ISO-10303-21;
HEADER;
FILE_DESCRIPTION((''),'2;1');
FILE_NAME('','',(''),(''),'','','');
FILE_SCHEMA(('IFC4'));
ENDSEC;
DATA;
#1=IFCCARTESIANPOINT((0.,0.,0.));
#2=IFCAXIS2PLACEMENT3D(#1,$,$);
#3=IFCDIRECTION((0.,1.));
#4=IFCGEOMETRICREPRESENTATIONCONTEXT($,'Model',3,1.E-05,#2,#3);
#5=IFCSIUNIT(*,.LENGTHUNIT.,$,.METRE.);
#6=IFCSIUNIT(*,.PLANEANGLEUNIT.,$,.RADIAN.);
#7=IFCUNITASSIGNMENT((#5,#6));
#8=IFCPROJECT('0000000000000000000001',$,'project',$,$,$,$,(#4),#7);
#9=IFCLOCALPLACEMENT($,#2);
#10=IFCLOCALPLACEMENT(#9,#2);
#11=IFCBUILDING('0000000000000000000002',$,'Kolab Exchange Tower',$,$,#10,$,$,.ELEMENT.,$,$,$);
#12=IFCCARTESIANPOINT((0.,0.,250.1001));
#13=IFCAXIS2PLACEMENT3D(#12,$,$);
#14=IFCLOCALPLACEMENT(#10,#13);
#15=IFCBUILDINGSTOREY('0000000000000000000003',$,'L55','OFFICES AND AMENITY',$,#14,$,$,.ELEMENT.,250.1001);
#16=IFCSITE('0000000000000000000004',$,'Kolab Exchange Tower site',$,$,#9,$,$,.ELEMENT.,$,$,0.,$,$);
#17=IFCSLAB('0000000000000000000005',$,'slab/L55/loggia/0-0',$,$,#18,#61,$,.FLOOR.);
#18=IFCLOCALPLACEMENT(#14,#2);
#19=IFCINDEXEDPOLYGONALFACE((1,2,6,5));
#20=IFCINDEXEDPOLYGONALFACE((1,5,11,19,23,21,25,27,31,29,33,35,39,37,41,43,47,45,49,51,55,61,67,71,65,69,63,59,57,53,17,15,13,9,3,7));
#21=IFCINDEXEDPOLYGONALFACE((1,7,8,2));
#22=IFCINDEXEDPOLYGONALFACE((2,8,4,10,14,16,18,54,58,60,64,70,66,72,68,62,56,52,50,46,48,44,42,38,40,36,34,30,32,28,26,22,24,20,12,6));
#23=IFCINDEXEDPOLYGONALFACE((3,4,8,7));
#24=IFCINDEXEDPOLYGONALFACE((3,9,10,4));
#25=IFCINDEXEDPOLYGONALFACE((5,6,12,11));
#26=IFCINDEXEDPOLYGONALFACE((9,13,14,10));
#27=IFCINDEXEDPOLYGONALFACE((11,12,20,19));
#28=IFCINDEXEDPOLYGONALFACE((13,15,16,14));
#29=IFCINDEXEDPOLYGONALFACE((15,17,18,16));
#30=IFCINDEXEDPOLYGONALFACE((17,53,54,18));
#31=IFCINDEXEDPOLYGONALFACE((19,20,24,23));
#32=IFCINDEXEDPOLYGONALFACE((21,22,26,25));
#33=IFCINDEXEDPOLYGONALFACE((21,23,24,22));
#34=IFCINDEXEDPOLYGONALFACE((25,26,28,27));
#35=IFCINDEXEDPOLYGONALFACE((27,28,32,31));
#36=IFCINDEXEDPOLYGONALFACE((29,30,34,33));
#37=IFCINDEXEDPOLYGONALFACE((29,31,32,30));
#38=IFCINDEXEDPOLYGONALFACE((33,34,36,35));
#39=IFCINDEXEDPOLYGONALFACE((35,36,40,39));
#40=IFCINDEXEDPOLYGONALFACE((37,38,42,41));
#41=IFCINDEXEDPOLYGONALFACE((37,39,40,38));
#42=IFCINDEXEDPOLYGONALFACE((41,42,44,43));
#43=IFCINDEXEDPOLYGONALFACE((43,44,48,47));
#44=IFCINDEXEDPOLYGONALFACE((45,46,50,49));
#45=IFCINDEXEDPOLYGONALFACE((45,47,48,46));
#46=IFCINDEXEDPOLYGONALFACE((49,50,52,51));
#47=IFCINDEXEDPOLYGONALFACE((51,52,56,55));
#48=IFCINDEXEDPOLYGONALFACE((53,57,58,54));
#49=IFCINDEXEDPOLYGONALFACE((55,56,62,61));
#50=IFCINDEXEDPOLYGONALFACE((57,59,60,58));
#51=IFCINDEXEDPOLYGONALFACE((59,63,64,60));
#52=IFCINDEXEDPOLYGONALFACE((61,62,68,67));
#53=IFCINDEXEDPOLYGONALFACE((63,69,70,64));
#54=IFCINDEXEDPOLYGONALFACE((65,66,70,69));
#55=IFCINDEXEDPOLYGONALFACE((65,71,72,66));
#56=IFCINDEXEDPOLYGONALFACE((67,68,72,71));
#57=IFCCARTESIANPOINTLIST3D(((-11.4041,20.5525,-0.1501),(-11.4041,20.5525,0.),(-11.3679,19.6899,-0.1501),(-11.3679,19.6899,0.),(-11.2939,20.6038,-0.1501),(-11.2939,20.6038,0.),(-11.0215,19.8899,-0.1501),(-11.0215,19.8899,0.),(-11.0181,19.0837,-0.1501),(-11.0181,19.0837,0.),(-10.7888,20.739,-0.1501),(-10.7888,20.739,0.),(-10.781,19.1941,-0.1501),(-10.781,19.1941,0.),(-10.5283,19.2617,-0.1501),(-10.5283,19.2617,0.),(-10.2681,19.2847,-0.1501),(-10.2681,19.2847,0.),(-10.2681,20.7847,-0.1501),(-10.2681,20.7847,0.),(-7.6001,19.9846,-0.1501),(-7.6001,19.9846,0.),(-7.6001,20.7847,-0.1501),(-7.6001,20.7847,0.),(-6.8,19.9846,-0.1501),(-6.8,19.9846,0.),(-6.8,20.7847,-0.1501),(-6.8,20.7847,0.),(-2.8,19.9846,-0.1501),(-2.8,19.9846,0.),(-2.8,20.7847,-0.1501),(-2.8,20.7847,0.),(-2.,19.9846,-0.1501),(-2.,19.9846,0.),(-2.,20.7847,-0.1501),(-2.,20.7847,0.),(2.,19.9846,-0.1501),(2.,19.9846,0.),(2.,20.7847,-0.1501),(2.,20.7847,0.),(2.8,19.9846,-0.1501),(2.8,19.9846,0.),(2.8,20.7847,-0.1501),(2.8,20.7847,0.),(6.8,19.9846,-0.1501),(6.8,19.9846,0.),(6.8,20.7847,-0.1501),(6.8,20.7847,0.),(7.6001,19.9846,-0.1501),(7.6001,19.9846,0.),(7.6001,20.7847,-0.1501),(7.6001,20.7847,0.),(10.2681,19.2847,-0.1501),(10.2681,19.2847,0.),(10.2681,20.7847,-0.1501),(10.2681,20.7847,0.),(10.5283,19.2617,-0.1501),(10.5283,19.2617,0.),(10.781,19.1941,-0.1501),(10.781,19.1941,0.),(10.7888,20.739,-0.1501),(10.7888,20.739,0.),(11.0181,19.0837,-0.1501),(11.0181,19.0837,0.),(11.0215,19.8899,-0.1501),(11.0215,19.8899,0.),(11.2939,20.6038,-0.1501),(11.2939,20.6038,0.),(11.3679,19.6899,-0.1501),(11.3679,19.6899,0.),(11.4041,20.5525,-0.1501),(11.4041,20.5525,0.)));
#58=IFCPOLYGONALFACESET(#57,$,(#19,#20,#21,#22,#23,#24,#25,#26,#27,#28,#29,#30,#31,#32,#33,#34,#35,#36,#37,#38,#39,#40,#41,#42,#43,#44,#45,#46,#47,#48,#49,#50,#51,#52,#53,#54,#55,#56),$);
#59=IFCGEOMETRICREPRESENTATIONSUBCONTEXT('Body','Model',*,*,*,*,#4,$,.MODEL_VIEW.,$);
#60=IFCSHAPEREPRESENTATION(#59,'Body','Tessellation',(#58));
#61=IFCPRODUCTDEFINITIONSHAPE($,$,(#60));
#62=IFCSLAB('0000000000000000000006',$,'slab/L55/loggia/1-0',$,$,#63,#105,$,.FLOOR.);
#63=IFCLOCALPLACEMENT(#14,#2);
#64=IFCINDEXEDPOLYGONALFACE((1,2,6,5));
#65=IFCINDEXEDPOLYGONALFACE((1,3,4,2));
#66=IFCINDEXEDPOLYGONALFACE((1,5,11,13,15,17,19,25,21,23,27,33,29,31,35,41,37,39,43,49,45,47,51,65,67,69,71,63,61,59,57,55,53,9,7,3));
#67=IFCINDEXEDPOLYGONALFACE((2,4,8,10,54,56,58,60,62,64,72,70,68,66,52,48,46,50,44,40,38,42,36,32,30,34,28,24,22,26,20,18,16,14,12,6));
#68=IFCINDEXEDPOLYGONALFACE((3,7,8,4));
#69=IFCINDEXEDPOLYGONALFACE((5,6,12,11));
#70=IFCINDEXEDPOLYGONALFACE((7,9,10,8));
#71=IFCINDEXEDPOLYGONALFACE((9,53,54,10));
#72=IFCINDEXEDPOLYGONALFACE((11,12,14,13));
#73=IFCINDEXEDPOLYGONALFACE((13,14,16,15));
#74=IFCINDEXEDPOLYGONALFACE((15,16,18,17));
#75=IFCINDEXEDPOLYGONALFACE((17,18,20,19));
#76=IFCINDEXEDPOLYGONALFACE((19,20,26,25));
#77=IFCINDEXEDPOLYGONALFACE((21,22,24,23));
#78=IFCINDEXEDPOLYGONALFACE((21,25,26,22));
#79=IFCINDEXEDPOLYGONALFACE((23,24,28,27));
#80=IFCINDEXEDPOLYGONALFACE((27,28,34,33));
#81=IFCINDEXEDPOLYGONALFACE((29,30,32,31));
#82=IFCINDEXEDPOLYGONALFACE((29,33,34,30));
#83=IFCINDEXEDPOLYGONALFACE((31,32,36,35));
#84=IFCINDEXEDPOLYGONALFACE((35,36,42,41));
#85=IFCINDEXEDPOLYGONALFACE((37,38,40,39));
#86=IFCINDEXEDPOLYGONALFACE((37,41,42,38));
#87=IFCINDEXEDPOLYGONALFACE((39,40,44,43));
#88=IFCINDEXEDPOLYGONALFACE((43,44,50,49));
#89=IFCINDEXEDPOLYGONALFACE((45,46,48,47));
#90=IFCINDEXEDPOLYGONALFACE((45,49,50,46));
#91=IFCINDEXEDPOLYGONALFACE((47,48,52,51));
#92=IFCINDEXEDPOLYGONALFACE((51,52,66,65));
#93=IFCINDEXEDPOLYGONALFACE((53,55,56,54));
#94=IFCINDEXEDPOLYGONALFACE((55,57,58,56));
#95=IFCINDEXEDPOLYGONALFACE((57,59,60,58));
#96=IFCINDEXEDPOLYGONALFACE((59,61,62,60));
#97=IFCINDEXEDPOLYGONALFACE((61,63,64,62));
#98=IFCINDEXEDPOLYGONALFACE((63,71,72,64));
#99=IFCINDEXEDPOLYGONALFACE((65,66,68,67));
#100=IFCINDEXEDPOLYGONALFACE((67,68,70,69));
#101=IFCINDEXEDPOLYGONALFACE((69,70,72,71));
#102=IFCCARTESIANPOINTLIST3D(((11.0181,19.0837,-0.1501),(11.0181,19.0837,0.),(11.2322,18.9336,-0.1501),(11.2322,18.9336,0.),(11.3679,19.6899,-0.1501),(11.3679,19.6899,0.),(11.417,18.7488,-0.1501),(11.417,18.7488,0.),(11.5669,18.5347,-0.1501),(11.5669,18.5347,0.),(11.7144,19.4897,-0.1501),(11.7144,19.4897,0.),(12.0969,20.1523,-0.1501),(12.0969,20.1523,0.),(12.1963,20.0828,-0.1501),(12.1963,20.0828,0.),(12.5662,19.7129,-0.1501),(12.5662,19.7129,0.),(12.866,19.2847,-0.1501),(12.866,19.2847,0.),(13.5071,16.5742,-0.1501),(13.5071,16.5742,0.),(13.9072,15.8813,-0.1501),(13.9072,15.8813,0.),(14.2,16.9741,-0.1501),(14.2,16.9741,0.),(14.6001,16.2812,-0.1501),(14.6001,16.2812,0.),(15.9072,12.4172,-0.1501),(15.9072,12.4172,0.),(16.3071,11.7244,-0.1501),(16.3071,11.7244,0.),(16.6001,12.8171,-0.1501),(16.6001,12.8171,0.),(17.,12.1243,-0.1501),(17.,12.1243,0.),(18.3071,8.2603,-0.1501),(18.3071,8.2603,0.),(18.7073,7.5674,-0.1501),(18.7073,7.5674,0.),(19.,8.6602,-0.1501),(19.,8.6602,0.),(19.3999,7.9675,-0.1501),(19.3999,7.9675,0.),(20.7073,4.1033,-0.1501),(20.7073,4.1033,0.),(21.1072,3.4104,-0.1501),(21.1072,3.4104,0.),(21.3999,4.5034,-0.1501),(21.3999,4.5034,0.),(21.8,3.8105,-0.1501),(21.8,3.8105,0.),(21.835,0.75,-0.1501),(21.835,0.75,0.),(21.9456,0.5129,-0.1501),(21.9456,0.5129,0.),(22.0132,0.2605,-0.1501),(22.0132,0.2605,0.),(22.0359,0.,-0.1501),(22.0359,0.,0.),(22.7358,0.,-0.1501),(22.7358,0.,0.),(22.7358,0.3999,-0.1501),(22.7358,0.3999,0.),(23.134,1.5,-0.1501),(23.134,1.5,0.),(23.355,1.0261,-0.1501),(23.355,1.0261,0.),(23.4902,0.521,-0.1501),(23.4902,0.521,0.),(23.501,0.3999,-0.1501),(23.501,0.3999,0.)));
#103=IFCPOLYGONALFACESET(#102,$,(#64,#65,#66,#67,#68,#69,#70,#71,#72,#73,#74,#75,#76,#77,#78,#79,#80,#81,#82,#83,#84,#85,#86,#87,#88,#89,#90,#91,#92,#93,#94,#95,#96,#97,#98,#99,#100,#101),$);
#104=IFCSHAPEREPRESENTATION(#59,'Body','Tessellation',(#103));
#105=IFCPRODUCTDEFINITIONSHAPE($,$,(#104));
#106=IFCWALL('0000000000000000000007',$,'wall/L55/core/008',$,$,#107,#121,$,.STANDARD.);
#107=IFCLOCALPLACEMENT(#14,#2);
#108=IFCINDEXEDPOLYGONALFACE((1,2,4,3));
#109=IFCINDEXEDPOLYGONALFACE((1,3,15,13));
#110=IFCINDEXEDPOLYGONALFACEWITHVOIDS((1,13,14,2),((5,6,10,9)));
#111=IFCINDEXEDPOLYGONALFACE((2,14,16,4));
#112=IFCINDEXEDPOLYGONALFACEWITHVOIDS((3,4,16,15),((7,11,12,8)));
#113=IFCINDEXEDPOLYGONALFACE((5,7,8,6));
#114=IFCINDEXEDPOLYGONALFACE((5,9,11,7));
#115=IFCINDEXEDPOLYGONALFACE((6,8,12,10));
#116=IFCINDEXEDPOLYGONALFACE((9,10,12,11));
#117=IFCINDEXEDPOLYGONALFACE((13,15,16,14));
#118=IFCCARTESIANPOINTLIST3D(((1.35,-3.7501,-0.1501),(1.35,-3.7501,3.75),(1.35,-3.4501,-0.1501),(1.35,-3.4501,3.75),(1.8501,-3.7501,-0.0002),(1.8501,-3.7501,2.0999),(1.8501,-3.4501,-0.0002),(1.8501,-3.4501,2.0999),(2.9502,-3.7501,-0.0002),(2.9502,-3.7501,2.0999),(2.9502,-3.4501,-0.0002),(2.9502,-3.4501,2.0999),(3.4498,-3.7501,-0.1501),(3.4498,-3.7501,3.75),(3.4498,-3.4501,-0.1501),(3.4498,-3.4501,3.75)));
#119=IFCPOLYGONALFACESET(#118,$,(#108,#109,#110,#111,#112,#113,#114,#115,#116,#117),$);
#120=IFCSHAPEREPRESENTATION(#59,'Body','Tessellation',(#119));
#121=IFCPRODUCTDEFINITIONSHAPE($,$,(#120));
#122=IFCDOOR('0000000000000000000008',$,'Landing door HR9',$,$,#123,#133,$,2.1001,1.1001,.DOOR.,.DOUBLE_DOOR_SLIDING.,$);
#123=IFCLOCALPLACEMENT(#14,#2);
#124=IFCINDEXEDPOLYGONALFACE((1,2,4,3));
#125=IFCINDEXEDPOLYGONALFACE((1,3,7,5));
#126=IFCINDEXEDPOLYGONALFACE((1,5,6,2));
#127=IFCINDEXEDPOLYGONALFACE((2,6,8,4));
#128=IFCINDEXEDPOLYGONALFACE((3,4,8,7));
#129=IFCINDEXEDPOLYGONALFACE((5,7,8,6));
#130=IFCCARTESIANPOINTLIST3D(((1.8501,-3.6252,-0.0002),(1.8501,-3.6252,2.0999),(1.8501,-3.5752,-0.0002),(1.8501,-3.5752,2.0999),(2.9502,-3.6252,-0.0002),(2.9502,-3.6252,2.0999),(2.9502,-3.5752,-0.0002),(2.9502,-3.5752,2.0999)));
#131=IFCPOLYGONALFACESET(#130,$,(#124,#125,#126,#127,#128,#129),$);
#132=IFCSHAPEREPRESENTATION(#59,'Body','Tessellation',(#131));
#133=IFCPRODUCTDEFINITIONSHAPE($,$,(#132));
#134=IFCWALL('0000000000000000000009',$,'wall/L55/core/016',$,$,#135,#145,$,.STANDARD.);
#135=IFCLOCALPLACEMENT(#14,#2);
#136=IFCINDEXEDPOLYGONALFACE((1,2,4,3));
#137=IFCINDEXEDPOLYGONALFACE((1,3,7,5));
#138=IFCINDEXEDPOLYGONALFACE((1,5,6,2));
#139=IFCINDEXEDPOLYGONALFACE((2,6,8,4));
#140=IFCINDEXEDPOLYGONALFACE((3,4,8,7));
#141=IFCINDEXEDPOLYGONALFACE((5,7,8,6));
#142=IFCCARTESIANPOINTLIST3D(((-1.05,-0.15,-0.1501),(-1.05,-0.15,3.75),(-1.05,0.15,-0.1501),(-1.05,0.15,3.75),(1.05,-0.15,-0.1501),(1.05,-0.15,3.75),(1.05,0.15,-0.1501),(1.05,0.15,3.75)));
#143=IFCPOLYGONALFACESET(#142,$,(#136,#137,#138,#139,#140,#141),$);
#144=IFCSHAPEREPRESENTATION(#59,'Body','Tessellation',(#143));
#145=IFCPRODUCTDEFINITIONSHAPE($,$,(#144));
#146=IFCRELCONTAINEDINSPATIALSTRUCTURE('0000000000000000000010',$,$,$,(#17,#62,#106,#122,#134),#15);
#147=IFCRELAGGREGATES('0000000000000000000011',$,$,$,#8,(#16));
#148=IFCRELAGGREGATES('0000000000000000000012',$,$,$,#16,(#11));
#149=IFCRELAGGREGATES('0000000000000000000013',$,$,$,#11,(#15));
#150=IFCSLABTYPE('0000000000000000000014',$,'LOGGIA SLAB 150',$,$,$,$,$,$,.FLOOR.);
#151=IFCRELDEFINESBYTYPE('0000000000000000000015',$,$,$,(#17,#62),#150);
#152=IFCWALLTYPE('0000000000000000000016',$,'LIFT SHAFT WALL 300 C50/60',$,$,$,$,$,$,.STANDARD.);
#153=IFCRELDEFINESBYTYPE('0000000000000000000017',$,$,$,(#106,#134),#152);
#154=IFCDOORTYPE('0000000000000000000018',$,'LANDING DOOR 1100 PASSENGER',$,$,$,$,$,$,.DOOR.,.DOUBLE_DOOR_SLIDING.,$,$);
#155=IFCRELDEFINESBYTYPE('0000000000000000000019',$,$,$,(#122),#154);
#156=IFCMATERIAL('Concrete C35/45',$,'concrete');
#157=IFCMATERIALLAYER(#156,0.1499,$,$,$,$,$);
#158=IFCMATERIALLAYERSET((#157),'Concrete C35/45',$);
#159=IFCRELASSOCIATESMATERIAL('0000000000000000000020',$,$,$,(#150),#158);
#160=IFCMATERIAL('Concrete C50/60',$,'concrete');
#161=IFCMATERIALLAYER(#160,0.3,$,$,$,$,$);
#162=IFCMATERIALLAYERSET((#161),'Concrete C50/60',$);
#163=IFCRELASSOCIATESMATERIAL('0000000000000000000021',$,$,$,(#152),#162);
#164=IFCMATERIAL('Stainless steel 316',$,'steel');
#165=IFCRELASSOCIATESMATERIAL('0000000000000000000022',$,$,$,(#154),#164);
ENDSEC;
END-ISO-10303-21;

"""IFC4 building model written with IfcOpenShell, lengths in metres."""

from ifc_helpers import new_model, si_unit, direction, frame, frame_2d, origin, place, context, subcontext, project, spatial, polyline, rectangle, outline, extrude, material, layer, layer_set, type_object, element, fill, save


model = new_model("IFC4")

# Units and contexts
model_context = context("Model", 3, precision=1e-05, world=origin(), true_north=direction((0.0, 1.0)))
body_context = subcontext(model_context, "Body", "Model", "MODEL_VIEW")
ifc_project = project(units=[si_unit("LENGTHUNIT", "METRE"), si_unit("PLANEANGLEUNIT", "RADIAN")], contexts=[model_context])

# Site, building, storey
site_placement = place(None, origin())
site = spatial("IfcSite", under=ifc_project, at=site_placement, Name="Kolab Exchange Tower site", CompositionType="ELEMENT", RefElevation=0.0)
building_placement = place(site_placement, origin())
building = spatial("IfcBuilding", under=site, at=building_placement, Name="Kolab Exchange Tower", CompositionType="ELEMENT")
storey_placement = place(building_placement, frame((0.0, 0.0, 250.1001)))
storey = spatial("IfcBuildingStorey", under=building, at=storey_placement, Name="L55", Description="OFFICES AND AMENITY", CompositionType="ELEMENT", Elevation=250.1001)

# Slabs
ifc_material_1 = material(Name="Concrete C35/45", Category="concrete")
ifc_layer_1 = layer(ifc_material_1, 0.1499)
ifc_layer_set_1 = layer_set([ifc_layer_1], Name="Concrete C35/45")
slab_type_1 = type_object("IfcSlabType", Name="LOGGIA SLAB 150", PredefinedType="FLOOR", material=ifc_layer_set_1)
slab_1_placement = place(storey_placement, frame((0.0, 0.0, -0.1501)))
element("IfcSlab", 1, at=slab_1_placement, inside=storey, type_object=slab_type_1, Name="slab/L55/loggia/0-0", PredefinedType="FLOOR", context=body_context, shape_type="SweptSolid", body=[
    extrude(outline(polyline([(11.0181, 19.0837), (11.3679, 19.6899), (11.0215, 19.8899), (11.4041, 20.5525), (11.2939, 20.6038), (10.7888, 20.739), (10.2681, 20.7847), (7.6001, 20.7847), (7.6001, 19.9846), (6.8, 19.9846), (6.8, 20.7847), (2.8, 20.7847), (2.8, 19.9846), (2.0, 19.9846), (2.0, 20.7847), (-2.0, 20.7847), (-2.0, 19.9846), (-2.8, 19.9846), (-2.8, 20.7847), (-6.8, 20.7847), (-6.8, 19.9846), (-7.6001, 19.9846), (-7.6001, 20.7847), (-10.2681, 20.7847), (-10.7888, 20.739), (-11.2939, 20.6038), (-11.4041, 20.5525), (-11.0215, 19.8899), (-11.3679, 19.6899), (-11.0181, 19.0837), (-10.781, 19.1941), (-10.5283, 19.2617), (-10.2681, 19.2847), (10.2681, 19.2847), (10.5283, 19.2617), (10.781, 19.1941), (11.0181, 19.0837)])), origin(), (0.0, 0.0, 1.0), 0.1501),
])
slab_2_placement = place(storey_placement, frame((0.0, 0.0, -0.1501)))
element("IfcSlab", 2, at=slab_2_placement, inside=storey, type_object=slab_type_1, Name="slab/L55/loggia/1-0", PredefinedType="FLOOR", context=body_context, shape_type="SweptSolid", body=[
    extrude(outline(polyline([(22.0359, 0.0), (22.7358, 0.0), (22.7358, 0.3999), (23.501, 0.3999), (23.4902, 0.521), (23.355, 1.0261), (23.134, 1.5), (21.8, 3.8105), (21.1072, 3.4104), (20.7073, 4.1033), (21.3999, 4.5034), (19.3999, 7.9675), (18.7073, 7.5674), (18.3071, 8.2603), (19.0, 8.6602), (17.0, 12.1243), (16.3071, 11.7244), (15.9072, 12.4172), (16.6001, 12.8171), (14.6001, 16.2812), (13.9072, 15.8813), (13.5071, 16.5742), (14.2, 16.9741), (12.866, 19.2847), (12.5662, 19.7129), (12.1963, 20.0828), (12.0969, 20.1523), (11.7144, 19.4897), (11.3679, 19.6899), (11.0181, 19.0837), (11.2322, 18.9336), (11.417, 18.7488), (11.5669, 18.5347), (21.835, 0.75), (21.9456, 0.5129), (22.0132, 0.2605), (22.0359, 0.0)])), origin(), (0.0, 0.0, 1.0), 0.1501),
])

# Wall, opening, door
ifc_material_2 = material(Name="Concrete C50/60", Category="concrete")
ifc_layer_2 = layer(ifc_material_2, 0.3)
ifc_layer_set_2 = layer_set([ifc_layer_2], Name="Concrete C50/60")
wall_type_1 = type_object("IfcWallType", Name="LIFT SHAFT WALL 300 C50/60", PredefinedType="STANDARD", material=ifc_layer_set_2)
wall_1_placement = place(storey_placement, frame((1.3501, -3.6001, -0.1501), z_axis=(0.0, 0.0, 1.0), x_axis=(1.0, 0.0, 0.0)))
wall_1 = element("IfcWall", 3, at=wall_1_placement, inside=storey, type_object=wall_type_1, Name="wall/L55/core/008", PredefinedType="STANDARD", context=body_context, shape_type="SweptSolid", body=[
    extrude(rectangle(XDim=2.0999, YDim=0.3, at=frame_2d((1.0498, 0.0))), origin(), (0.0, 0.0, 1.0), 3.9001),
])
opening_1_placement = place(wall_1_placement, frame((0.5, 0.0, 0.1499)))
opening_1 = element("IfcOpeningElement", 4, at=opening_1_placement, cuts=wall_1, PredefinedType="OPENING", context=body_context, shape_type="SweptSolid", body=[
    extrude(rectangle(XDim=1.1001, YDim=2.1001, at=frame_2d((0.55, 1.05))), frame((0.0, 0.1602, 0.0), z_axis=(0.0, -1.0, 0.0), x_axis=(1.0, 0.0, 0.0)), (0.0, 0.0, 1.0), 0.3201),
])
ifc_material_3 = material(Name="Stainless steel 316", Category="steel")
door_type_1 = type_object("IfcDoorType", Name="LANDING DOOR 1100 PASSENGER", OperationType="DOUBLE_DOOR_SLIDING", PredefinedType="DOOR", material=ifc_material_3)
door_1_placement = place(opening_1_placement, origin())
door_1 = element("IfcDoor", 5, at=door_1_placement, inside=storey, type_object=door_type_1, Name="Landing door HR9", OperationType="DOUBLE_DOOR_SLIDING", OverallHeight=2.1001, OverallWidth=1.1001, PredefinedType="DOOR", context=body_context, shape_type="SweptSolid", body=[
    extrude(rectangle(XDim=1.1001, YDim=2.1001, at=frame_2d((0.55, 1.05))), frame((0.0, 0.0249, 0.0), z_axis=(0.0, -1.0, 0.0), x_axis=(1.0, 0.0, 0.0)), (0.0, 0.0, 1.0), 0.05),
])
fill(opening_1, door_1)

# Wall
wall_2_placement = place(storey_placement, frame((-1.05, 0.0, -0.1501), z_axis=(0.0, 0.0, 1.0), x_axis=(1.0, 0.0, 0.0)))
element("IfcWall", 6, at=wall_2_placement, inside=storey, type_object=wall_type_1, Name="wall/L55/core/016", PredefinedType="STANDARD", context=body_context, shape_type="SweptSolid", body=[
    extrude(rectangle(XDim=2.1001, YDim=0.3, at=frame_2d((1.05, 0.0))), origin(), (0.0, 0.0, 1.0), 3.9001),
])

save(model, "model.ifc")
